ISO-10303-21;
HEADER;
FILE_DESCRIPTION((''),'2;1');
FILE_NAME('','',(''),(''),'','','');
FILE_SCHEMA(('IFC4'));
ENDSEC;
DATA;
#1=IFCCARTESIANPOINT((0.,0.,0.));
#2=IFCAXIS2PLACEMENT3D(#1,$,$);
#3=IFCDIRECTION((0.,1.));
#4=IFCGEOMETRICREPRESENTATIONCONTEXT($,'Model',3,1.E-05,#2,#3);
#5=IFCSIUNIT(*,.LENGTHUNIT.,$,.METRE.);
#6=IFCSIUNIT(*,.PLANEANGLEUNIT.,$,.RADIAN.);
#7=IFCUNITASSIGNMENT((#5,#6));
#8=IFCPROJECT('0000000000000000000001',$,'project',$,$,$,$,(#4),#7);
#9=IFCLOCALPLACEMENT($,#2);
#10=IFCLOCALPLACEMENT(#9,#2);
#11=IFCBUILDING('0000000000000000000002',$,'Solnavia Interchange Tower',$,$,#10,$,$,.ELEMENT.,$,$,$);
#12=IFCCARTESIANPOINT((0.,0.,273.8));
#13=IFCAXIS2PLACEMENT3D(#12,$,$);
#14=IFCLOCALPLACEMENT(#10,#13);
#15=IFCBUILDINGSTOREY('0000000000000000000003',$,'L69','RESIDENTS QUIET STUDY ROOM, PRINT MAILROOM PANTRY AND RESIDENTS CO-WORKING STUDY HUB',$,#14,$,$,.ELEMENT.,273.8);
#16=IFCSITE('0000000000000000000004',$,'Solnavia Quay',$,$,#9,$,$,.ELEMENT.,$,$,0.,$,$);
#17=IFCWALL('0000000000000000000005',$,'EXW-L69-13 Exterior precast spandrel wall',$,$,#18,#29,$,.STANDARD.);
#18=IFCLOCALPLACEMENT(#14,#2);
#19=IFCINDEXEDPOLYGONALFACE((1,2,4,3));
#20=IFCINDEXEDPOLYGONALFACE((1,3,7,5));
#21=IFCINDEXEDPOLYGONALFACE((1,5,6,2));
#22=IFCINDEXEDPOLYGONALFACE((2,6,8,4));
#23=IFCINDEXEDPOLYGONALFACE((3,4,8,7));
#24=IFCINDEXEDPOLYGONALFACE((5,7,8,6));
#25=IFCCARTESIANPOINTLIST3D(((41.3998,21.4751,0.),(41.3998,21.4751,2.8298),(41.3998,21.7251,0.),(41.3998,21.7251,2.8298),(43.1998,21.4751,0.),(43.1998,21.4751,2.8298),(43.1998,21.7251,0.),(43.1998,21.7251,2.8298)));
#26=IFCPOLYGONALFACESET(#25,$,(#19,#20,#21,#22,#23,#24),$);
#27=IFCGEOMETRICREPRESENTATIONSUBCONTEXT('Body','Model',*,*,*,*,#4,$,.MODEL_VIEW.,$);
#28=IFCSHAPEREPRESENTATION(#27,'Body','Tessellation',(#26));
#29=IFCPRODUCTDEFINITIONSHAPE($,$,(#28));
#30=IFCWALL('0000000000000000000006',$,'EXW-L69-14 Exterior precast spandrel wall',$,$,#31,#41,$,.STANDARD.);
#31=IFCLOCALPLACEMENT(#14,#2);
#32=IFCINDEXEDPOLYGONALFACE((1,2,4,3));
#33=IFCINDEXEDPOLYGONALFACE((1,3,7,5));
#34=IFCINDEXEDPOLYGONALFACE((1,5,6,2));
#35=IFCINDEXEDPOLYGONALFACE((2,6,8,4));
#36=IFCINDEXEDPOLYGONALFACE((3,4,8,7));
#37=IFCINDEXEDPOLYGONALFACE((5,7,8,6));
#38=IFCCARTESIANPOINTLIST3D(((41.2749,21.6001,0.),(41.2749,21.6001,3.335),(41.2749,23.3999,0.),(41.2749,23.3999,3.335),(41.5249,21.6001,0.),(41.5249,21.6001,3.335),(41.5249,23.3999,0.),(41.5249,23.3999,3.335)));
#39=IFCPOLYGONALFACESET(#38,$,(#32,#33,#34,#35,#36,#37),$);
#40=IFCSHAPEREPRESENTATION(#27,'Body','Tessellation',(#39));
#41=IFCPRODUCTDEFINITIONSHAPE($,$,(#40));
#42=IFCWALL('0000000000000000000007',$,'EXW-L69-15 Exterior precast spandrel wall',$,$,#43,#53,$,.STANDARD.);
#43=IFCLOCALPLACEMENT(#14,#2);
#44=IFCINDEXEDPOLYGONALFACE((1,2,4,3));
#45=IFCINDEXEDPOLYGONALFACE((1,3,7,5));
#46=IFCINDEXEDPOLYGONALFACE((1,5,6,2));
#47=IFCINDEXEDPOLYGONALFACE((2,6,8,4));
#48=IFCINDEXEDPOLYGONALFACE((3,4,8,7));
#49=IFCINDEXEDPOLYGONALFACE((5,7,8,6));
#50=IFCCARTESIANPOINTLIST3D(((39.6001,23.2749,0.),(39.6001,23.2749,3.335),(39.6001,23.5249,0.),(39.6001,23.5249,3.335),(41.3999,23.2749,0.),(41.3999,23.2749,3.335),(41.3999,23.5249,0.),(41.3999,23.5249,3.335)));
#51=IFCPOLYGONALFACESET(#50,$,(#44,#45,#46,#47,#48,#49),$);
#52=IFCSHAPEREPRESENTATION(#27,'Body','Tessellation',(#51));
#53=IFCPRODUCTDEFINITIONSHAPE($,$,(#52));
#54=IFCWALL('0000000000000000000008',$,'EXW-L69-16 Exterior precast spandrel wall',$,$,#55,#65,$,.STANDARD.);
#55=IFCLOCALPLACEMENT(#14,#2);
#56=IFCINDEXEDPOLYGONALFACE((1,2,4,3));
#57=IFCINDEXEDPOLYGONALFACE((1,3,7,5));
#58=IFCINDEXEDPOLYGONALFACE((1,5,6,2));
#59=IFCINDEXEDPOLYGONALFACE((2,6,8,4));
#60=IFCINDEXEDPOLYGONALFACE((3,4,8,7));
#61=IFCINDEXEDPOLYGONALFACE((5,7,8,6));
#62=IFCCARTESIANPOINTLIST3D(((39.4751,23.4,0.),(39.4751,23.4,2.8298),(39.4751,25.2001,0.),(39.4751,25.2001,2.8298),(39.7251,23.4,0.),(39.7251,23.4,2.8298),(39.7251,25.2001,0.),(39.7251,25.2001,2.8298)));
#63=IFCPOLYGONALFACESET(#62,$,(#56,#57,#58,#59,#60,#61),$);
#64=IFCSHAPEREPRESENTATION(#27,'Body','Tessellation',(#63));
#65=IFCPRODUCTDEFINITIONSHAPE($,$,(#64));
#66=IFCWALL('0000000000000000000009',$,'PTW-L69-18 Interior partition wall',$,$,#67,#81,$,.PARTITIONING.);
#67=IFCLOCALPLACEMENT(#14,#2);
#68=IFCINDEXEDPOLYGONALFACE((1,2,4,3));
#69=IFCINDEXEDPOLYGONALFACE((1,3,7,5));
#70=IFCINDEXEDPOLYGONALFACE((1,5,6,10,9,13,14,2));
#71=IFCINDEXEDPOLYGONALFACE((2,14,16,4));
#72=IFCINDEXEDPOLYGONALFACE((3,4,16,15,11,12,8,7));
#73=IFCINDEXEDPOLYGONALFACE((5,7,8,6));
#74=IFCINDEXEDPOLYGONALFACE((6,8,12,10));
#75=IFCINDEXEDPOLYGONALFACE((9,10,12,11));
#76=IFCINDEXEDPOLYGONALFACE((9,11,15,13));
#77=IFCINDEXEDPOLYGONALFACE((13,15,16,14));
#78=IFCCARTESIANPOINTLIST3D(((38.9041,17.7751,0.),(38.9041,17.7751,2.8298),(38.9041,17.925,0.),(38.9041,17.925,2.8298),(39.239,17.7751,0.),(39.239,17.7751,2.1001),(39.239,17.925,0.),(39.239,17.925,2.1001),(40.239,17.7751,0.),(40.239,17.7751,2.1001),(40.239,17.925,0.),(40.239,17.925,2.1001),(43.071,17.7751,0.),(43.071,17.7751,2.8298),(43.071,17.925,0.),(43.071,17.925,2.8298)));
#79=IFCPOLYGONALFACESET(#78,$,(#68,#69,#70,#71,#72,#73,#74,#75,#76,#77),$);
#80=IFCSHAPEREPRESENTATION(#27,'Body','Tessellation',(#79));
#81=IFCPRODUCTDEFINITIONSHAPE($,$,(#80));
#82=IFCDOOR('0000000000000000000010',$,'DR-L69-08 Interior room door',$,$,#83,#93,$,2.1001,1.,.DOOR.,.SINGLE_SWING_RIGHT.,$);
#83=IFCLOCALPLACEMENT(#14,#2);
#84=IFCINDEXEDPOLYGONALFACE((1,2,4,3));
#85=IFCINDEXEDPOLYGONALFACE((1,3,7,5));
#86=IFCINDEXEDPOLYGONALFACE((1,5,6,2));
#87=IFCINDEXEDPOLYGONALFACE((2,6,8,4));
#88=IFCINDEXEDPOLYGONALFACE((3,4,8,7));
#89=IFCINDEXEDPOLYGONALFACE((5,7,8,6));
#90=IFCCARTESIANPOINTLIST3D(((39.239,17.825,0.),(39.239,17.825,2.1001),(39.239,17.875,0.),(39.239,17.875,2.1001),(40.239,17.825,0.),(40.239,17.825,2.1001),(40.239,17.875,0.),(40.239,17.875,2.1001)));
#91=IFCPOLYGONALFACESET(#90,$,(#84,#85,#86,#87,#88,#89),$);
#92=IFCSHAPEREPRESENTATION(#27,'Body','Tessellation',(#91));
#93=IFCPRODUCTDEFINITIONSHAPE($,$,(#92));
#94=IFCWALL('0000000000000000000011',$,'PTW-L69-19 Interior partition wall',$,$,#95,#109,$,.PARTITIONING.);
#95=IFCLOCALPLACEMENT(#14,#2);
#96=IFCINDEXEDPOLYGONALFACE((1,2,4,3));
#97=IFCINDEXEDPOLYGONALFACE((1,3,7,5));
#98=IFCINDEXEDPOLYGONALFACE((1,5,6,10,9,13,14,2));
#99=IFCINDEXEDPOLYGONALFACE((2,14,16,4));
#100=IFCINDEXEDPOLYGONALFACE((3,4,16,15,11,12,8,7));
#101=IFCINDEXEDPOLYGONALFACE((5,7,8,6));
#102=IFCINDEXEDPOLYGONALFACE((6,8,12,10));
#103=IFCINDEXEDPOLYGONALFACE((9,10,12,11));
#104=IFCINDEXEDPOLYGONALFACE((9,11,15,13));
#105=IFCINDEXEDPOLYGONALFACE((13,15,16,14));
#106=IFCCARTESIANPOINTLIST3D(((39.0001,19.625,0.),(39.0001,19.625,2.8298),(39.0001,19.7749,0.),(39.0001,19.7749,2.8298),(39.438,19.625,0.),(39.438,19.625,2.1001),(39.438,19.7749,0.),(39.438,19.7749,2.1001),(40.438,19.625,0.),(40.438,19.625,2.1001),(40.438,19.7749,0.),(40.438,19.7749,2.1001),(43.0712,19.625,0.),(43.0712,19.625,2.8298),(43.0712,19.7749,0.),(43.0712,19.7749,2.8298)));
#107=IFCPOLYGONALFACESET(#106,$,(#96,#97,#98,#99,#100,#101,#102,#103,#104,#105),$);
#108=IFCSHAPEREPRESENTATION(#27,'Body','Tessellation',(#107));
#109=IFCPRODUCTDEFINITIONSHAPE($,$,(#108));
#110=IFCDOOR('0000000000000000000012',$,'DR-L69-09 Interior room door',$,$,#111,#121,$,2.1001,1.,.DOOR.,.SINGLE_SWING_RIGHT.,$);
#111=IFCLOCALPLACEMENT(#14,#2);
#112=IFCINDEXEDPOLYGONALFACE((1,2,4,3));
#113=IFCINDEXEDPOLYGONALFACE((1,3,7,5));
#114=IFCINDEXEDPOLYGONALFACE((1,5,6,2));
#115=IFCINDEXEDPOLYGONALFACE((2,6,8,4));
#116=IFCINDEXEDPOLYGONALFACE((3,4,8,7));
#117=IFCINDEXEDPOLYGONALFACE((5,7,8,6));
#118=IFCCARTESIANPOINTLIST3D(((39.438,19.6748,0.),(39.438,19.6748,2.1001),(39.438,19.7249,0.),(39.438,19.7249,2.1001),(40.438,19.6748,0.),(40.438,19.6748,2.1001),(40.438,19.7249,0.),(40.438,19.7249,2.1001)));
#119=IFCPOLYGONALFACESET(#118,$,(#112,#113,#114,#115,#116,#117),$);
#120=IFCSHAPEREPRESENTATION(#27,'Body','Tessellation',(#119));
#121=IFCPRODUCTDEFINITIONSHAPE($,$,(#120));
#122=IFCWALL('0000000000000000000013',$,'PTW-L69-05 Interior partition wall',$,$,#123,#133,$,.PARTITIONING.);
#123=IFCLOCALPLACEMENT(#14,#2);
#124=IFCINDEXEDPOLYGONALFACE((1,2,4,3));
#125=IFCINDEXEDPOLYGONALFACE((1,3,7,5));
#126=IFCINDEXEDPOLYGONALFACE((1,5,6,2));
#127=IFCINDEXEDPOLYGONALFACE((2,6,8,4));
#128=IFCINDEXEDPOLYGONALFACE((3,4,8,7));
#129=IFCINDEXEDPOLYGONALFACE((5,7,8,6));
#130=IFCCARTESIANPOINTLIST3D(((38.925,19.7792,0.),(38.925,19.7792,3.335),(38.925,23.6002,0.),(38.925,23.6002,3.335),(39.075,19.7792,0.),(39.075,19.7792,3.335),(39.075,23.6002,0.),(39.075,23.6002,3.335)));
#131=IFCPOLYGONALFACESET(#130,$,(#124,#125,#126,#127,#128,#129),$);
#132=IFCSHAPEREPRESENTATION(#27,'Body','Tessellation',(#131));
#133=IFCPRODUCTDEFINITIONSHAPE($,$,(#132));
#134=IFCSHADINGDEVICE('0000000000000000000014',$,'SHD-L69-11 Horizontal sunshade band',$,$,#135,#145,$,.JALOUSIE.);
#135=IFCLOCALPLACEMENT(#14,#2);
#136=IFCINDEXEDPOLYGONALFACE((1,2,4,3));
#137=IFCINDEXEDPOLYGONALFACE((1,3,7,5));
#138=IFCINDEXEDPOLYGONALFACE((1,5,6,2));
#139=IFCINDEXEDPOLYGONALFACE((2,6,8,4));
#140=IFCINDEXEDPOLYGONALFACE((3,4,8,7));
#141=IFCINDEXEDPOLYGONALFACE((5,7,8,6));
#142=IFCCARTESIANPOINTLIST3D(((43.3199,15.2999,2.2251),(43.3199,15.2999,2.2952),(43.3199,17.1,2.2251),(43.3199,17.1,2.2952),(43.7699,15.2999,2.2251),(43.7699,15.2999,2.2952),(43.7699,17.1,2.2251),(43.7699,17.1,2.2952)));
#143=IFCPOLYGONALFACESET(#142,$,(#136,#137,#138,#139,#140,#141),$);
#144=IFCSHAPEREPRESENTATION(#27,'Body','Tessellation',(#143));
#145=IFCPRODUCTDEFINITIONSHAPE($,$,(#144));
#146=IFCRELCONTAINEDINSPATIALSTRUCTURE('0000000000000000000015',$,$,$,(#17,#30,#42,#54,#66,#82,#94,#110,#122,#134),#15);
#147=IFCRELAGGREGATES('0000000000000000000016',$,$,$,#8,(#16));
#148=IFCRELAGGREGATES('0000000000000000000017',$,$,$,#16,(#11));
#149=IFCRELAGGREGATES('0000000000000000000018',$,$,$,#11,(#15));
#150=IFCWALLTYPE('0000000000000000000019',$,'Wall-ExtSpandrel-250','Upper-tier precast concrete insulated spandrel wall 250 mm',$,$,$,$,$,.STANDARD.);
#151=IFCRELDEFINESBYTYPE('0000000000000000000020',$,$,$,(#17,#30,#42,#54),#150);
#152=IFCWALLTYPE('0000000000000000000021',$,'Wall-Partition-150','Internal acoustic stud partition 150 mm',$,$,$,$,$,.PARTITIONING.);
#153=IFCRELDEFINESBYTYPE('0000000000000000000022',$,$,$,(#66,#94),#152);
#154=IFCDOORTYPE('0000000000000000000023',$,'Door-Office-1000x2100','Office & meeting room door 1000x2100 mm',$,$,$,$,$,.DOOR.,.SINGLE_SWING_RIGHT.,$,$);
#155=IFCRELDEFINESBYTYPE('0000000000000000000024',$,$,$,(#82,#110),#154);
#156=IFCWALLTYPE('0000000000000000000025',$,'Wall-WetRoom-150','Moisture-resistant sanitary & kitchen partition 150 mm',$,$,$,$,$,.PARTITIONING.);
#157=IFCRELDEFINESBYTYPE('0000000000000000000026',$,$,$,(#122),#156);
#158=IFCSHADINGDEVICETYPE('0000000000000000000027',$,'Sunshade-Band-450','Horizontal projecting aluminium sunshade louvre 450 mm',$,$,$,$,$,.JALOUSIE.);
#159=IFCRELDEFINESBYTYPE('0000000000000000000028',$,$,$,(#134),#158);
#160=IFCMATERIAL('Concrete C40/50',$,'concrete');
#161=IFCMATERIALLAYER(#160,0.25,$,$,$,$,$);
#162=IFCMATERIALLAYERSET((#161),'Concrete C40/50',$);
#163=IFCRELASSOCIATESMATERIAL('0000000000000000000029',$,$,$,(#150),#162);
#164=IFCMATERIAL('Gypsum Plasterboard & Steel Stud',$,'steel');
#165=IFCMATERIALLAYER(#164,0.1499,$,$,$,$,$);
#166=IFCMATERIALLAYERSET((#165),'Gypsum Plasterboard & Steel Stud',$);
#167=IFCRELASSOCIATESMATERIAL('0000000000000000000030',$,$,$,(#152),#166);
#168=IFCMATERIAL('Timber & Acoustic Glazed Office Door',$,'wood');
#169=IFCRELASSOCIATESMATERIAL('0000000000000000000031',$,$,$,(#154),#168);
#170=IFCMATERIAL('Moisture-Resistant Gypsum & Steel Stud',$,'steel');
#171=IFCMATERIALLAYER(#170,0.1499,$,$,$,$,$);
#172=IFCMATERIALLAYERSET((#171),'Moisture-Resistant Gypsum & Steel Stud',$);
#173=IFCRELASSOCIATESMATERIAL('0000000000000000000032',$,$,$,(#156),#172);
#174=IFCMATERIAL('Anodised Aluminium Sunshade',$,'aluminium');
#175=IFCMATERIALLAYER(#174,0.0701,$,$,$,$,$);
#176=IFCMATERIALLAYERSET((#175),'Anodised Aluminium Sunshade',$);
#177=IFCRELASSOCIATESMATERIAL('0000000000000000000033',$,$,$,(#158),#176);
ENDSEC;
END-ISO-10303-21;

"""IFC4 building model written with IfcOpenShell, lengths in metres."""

from ifc_helpers import new_model, si_unit, direction, frame, frame_2d, origin, origin_2d, place, context, subcontext, project, spatial, rectangle, extrude, material, layer, layer_set, type_object, element, fill, save


model = new_model("IFC4")

# Units and contexts
model_context = context("Model", 3, precision=1e-05, world=origin(), true_north=direction((0.0, 1.0)))
body_context = subcontext(model_context, "Body", "Model", "MODEL_VIEW")
ifc_project = project(units=[si_unit("LENGTHUNIT", "METRE"), si_unit("PLANEANGLEUNIT", "RADIAN")], contexts=[model_context])

# Site, building, storey
site_placement = place(None, origin())
site = spatial("IfcSite", under=ifc_project, at=site_placement, Name="Solnavia Quay", CompositionType="ELEMENT", RefElevation=0.0)
building_placement = place(site_placement, origin())
building = spatial("IfcBuilding", under=site, at=building_placement, Name="Solnavia Interchange Tower", CompositionType="ELEMENT")
storey_placement = place(building_placement, frame((0.0, 0.0, 273.8)))
storey = spatial("IfcBuildingStorey", under=building, at=storey_placement, Name="L69", Description="RESIDENTS QUIET STUDY ROOM, PRINT MAILROOM PANTRY AND RESIDENTS CO-WORKING STUDY HUB", CompositionType="ELEMENT", Elevation=273.8)

# Shared definitions
ifc_material_1 = material(Name="Concrete C40/50", Category="concrete")
ifc_layer_1 = layer(ifc_material_1, 0.25)
ifc_layer_set_1 = layer_set([ifc_layer_1], Name="Concrete C40/50")
wall_type_1 = type_object("IfcWallType", Name="Wall-ExtSpandrel-250", Description="Upper-tier precast concrete insulated spandrel wall 250 mm", PredefinedType="STANDARD", material=ifc_layer_set_1)

# Walls
wall_1_placement = place(storey_placement, frame((41.3999, 21.6001, 0.0), z_axis=(0.0, 0.0, 1.0), x_axis=(1.0, 0.0, 0.0)))
element("IfcWall", 1, at=wall_1_placement, inside=storey, type_object=wall_type_1, Name="EXW-L69-13 Exterior precast spandrel wall", PredefinedType="STANDARD", context=body_context, shape_type="SweptSolid", body=[
    extrude(rectangle(XDim=1.8, YDim=0.25, at=frame_2d((0.8999, 0.0))), origin(), (0.0, 0.0, 1.0), 2.8298),
])
for number, where, z_axis, x_axis, name in (
    (2, (41.3999, 23.3999, 0.0), (0.0, 0.0, 1.0), (0.0, -1.0, 0.0), "EXW-L69-14 Exterior precast spandrel wall"),
    (3, (39.6001, 23.3999, 0.0), (0.0, 0.0, 1.0), (1.0, 0.0, 0.0), "EXW-L69-15 Exterior precast spandrel wall"),
):
    element("IfcWall", number, at=place(storey_placement, frame(where, z_axis=z_axis, x_axis=x_axis)), inside=storey, type_object=wall_type_1, Name=name, PredefinedType="STANDARD", context=body_context, shape_type="SweptSolid", body=[
        extrude(rectangle(XDim=1.7998, YDim=0.25, at=frame_2d((0.8999, 0.0))), origin(), (0.0, 0.0, 1.0), 3.335),
    ])
wall_2_placement = place(storey_placement, frame((39.6001, 25.2, 0.0), z_axis=(0.0, 0.0, 1.0), x_axis=(0.0, -1.0, 0.0)))
element("IfcWall", 4, at=wall_2_placement, inside=storey, type_object=wall_type_1, Name="EXW-L69-16 Exterior precast spandrel wall", PredefinedType="STANDARD", context=body_context, shape_type="SweptSolid", body=[
    extrude(rectangle(XDim=1.8, YDim=0.25, at=frame_2d((0.8999, 0.0))), origin(), (0.0, 0.0, 1.0), 2.8298),
])

# Walls, openings, doors
ifc_material_2 = material(Name="Gypsum Plasterboard & Steel Stud", Category="steel")
ifc_layer_2 = layer(ifc_material_2, 0.1499)
ifc_layer_set_2 = layer_set([ifc_layer_2], Name="Gypsum Plasterboard & Steel Stud")
wall_type_2 = type_object("IfcWallType", Name="Wall-Partition-150", Description="Internal acoustic stud partition 150 mm", PredefinedType="PARTITIONING", material=ifc_layer_set_2)
wall_3_placement = place(storey_placement, frame((38.9041, 17.8501, 0.0), z_axis=(0.0, 0.0, 1.0), x_axis=(1.0, 0.0, 0.0)))
wall_3 = element("IfcWall", 5, at=wall_3_placement, inside=storey, type_object=wall_type_2, Name="PTW-L69-18 Interior partition wall", PredefinedType="PARTITIONING", context=body_context, shape_type="SweptSolid", body=[
    extrude(rectangle(XDim=4.167, YDim=0.1499, at=frame_2d((2.0835, 0.0))), origin(), (0.0, 0.0, 1.0), 2.8298),
])
opening_1_placement = place(wall_3_placement, frame((0.335, 0.0, 0.0)))
opening_1 = element("IfcOpeningElement", 6, at=opening_1_placement, cuts=wall_3, PredefinedType="OPENING", context=body_context, shape_type="SweptSolid", body=[
    extrude(rectangle(XDim=1.0, YDim=2.1001, at=frame_2d((0.5, 1.05))), frame((0.0, 0.085, 0.0), z_axis=(0.0, -1.0, 0.0), x_axis=(1.0, 0.0, 0.0)), (0.0, 0.0, 1.0), 0.1699),
])
ifc_material_3 = material(Name="Timber & Acoustic Glazed Office Door", Category="wood")
door_type = type_object("IfcDoorType", Name="Door-Office-1000x2100", Description="Office & meeting room door 1000x2100 mm", OperationType="SINGLE_SWING_RIGHT", PredefinedType="DOOR", material=ifc_material_3)
door_1_placement = place(opening_1_placement, origin())
door_1 = element("IfcDoor", 7, at=door_1_placement, inside=storey, type_object=door_type, Name="DR-L69-08 Interior room door", OperationType="SINGLE_SWING_RIGHT", OverallHeight=2.1001, OverallWidth=1.0, PredefinedType="DOOR", context=body_context, shape_type="SweptSolid", body=[
    extrude(rectangle(XDim=1.0, YDim=2.1001, at=frame_2d((0.5, 1.05))), frame((0.0, 0.0249, 0.0), z_axis=(0.0, -1.0, 0.0), x_axis=(1.0, 0.0, 0.0)), (0.0, 0.0, 1.0), 0.05),
])
fill(opening_1, door_1)
wall_4_placement = place(storey_placement, frame((39.0, 19.7, 0.0), z_axis=(0.0, 0.0, 1.0), x_axis=(1.0, 0.0, 0.0)))
wall_4 = element("IfcWall", 8, at=wall_4_placement, inside=storey, type_object=wall_type_2, Name="PTW-L69-19 Interior partition wall", PredefinedType="PARTITIONING", context=body_context, shape_type="SweptSolid", body=[
    extrude(rectangle(XDim=4.071, YDim=0.1499, at=frame_2d((2.0356, 0.0))), origin(), (0.0, 0.0, 1.0), 2.8298),
])
opening_2_placement = place(wall_4_placement, frame((0.438, 0.0, 0.0)))
opening_2 = element("IfcOpeningElement", 9, at=opening_2_placement, cuts=wall_4, PredefinedType="OPENING", context=body_context, shape_type="SweptSolid", body=[
    extrude(rectangle(XDim=1.0, YDim=2.1001, at=frame_2d((0.5, 1.05))), frame((0.0, 0.085, 0.0), z_axis=(0.0, -1.0, 0.0), x_axis=(1.0, 0.0, 0.0)), (0.0, 0.0, 1.0), 0.1699),
])
door_2_placement = place(opening_2_placement, origin())
door_2 = element("IfcDoor", 10, at=door_2_placement, inside=storey, type_object=door_type, Name="DR-L69-09 Interior room door", OperationType="SINGLE_SWING_RIGHT", OverallHeight=2.1001, OverallWidth=1.0, PredefinedType="DOOR", context=body_context, shape_type="SweptSolid", body=[
    extrude(rectangle(XDim=1.0, YDim=2.1001, at=frame_2d((0.5, 1.05))), frame((0.0, 0.0249, 0.0), z_axis=(0.0, -1.0, 0.0), x_axis=(1.0, 0.0, 0.0)), (0.0, 0.0, 1.0), 0.05),
])
fill(opening_2, door_2)

# Wall
ifc_material_4 = material(Name="Moisture-Resistant Gypsum & Steel Stud", Category="steel")
ifc_layer_3 = layer(ifc_material_4, 0.1499)
ifc_layer_set_3 = layer_set([ifc_layer_3], Name="Moisture-Resistant Gypsum & Steel Stud")
wall_type_3 = type_object("IfcWallType", Name="Wall-WetRoom-150", Description="Moisture-resistant sanitary & kitchen partition 150 mm", PredefinedType="PARTITIONING", material=ifc_layer_set_3)
wall_5_placement = place(storey_placement, frame((39.0, 19.7791, 0.0), z_axis=(0.0, 0.0, 1.0), x_axis=(0.0, 1.0, 0.0)))
element("IfcWall", 11, at=wall_5_placement, inside=storey, type_object=wall_type_3, Name="PTW-L69-05 Interior partition wall", PredefinedType="PARTITIONING", context=body_context, shape_type="SweptSolid", body=[
    extrude(rectangle(XDim=3.821, YDim=0.1499, at=frame_2d((1.9106, 0.0))), origin(), (0.0, 0.0, 1.0), 3.335),
])

# Shading device
ifc_material_5 = material(Name="Anodised Aluminium Sunshade", Category="aluminium")
ifc_layer_4 = layer(ifc_material_5, 0.0701)
ifc_layer_set_4 = layer_set([ifc_layer_4], Name="Anodised Aluminium Sunshade")
shading_device_type = type_object("IfcShadingDeviceType", Name="Sunshade-Band-450", Description="Horizontal projecting aluminium sunshade louvre 450 mm", PredefinedType="JALOUSIE", material=ifc_layer_set_4)
shading_device_placement = place(storey_placement, frame((43.5449, 16.2, 2.2251), z_axis=(0.0, 0.0, 1.0), x_axis=(0.0, -1.0, 0.0)))
element("IfcShadingDevice", 12, at=shading_device_placement, inside=storey, type_object=shading_device_type, Name="SHD-L69-11 Horizontal sunshade band", PredefinedType="JALOUSIE", context=body_context, shape_type="SweptSolid", body=[
    extrude(rectangle(XDim=1.8, YDim=0.45, at=origin_2d()), origin(), (0.0, 0.0, 1.0), 0.0701),
])

save(model, "model.ifc")
